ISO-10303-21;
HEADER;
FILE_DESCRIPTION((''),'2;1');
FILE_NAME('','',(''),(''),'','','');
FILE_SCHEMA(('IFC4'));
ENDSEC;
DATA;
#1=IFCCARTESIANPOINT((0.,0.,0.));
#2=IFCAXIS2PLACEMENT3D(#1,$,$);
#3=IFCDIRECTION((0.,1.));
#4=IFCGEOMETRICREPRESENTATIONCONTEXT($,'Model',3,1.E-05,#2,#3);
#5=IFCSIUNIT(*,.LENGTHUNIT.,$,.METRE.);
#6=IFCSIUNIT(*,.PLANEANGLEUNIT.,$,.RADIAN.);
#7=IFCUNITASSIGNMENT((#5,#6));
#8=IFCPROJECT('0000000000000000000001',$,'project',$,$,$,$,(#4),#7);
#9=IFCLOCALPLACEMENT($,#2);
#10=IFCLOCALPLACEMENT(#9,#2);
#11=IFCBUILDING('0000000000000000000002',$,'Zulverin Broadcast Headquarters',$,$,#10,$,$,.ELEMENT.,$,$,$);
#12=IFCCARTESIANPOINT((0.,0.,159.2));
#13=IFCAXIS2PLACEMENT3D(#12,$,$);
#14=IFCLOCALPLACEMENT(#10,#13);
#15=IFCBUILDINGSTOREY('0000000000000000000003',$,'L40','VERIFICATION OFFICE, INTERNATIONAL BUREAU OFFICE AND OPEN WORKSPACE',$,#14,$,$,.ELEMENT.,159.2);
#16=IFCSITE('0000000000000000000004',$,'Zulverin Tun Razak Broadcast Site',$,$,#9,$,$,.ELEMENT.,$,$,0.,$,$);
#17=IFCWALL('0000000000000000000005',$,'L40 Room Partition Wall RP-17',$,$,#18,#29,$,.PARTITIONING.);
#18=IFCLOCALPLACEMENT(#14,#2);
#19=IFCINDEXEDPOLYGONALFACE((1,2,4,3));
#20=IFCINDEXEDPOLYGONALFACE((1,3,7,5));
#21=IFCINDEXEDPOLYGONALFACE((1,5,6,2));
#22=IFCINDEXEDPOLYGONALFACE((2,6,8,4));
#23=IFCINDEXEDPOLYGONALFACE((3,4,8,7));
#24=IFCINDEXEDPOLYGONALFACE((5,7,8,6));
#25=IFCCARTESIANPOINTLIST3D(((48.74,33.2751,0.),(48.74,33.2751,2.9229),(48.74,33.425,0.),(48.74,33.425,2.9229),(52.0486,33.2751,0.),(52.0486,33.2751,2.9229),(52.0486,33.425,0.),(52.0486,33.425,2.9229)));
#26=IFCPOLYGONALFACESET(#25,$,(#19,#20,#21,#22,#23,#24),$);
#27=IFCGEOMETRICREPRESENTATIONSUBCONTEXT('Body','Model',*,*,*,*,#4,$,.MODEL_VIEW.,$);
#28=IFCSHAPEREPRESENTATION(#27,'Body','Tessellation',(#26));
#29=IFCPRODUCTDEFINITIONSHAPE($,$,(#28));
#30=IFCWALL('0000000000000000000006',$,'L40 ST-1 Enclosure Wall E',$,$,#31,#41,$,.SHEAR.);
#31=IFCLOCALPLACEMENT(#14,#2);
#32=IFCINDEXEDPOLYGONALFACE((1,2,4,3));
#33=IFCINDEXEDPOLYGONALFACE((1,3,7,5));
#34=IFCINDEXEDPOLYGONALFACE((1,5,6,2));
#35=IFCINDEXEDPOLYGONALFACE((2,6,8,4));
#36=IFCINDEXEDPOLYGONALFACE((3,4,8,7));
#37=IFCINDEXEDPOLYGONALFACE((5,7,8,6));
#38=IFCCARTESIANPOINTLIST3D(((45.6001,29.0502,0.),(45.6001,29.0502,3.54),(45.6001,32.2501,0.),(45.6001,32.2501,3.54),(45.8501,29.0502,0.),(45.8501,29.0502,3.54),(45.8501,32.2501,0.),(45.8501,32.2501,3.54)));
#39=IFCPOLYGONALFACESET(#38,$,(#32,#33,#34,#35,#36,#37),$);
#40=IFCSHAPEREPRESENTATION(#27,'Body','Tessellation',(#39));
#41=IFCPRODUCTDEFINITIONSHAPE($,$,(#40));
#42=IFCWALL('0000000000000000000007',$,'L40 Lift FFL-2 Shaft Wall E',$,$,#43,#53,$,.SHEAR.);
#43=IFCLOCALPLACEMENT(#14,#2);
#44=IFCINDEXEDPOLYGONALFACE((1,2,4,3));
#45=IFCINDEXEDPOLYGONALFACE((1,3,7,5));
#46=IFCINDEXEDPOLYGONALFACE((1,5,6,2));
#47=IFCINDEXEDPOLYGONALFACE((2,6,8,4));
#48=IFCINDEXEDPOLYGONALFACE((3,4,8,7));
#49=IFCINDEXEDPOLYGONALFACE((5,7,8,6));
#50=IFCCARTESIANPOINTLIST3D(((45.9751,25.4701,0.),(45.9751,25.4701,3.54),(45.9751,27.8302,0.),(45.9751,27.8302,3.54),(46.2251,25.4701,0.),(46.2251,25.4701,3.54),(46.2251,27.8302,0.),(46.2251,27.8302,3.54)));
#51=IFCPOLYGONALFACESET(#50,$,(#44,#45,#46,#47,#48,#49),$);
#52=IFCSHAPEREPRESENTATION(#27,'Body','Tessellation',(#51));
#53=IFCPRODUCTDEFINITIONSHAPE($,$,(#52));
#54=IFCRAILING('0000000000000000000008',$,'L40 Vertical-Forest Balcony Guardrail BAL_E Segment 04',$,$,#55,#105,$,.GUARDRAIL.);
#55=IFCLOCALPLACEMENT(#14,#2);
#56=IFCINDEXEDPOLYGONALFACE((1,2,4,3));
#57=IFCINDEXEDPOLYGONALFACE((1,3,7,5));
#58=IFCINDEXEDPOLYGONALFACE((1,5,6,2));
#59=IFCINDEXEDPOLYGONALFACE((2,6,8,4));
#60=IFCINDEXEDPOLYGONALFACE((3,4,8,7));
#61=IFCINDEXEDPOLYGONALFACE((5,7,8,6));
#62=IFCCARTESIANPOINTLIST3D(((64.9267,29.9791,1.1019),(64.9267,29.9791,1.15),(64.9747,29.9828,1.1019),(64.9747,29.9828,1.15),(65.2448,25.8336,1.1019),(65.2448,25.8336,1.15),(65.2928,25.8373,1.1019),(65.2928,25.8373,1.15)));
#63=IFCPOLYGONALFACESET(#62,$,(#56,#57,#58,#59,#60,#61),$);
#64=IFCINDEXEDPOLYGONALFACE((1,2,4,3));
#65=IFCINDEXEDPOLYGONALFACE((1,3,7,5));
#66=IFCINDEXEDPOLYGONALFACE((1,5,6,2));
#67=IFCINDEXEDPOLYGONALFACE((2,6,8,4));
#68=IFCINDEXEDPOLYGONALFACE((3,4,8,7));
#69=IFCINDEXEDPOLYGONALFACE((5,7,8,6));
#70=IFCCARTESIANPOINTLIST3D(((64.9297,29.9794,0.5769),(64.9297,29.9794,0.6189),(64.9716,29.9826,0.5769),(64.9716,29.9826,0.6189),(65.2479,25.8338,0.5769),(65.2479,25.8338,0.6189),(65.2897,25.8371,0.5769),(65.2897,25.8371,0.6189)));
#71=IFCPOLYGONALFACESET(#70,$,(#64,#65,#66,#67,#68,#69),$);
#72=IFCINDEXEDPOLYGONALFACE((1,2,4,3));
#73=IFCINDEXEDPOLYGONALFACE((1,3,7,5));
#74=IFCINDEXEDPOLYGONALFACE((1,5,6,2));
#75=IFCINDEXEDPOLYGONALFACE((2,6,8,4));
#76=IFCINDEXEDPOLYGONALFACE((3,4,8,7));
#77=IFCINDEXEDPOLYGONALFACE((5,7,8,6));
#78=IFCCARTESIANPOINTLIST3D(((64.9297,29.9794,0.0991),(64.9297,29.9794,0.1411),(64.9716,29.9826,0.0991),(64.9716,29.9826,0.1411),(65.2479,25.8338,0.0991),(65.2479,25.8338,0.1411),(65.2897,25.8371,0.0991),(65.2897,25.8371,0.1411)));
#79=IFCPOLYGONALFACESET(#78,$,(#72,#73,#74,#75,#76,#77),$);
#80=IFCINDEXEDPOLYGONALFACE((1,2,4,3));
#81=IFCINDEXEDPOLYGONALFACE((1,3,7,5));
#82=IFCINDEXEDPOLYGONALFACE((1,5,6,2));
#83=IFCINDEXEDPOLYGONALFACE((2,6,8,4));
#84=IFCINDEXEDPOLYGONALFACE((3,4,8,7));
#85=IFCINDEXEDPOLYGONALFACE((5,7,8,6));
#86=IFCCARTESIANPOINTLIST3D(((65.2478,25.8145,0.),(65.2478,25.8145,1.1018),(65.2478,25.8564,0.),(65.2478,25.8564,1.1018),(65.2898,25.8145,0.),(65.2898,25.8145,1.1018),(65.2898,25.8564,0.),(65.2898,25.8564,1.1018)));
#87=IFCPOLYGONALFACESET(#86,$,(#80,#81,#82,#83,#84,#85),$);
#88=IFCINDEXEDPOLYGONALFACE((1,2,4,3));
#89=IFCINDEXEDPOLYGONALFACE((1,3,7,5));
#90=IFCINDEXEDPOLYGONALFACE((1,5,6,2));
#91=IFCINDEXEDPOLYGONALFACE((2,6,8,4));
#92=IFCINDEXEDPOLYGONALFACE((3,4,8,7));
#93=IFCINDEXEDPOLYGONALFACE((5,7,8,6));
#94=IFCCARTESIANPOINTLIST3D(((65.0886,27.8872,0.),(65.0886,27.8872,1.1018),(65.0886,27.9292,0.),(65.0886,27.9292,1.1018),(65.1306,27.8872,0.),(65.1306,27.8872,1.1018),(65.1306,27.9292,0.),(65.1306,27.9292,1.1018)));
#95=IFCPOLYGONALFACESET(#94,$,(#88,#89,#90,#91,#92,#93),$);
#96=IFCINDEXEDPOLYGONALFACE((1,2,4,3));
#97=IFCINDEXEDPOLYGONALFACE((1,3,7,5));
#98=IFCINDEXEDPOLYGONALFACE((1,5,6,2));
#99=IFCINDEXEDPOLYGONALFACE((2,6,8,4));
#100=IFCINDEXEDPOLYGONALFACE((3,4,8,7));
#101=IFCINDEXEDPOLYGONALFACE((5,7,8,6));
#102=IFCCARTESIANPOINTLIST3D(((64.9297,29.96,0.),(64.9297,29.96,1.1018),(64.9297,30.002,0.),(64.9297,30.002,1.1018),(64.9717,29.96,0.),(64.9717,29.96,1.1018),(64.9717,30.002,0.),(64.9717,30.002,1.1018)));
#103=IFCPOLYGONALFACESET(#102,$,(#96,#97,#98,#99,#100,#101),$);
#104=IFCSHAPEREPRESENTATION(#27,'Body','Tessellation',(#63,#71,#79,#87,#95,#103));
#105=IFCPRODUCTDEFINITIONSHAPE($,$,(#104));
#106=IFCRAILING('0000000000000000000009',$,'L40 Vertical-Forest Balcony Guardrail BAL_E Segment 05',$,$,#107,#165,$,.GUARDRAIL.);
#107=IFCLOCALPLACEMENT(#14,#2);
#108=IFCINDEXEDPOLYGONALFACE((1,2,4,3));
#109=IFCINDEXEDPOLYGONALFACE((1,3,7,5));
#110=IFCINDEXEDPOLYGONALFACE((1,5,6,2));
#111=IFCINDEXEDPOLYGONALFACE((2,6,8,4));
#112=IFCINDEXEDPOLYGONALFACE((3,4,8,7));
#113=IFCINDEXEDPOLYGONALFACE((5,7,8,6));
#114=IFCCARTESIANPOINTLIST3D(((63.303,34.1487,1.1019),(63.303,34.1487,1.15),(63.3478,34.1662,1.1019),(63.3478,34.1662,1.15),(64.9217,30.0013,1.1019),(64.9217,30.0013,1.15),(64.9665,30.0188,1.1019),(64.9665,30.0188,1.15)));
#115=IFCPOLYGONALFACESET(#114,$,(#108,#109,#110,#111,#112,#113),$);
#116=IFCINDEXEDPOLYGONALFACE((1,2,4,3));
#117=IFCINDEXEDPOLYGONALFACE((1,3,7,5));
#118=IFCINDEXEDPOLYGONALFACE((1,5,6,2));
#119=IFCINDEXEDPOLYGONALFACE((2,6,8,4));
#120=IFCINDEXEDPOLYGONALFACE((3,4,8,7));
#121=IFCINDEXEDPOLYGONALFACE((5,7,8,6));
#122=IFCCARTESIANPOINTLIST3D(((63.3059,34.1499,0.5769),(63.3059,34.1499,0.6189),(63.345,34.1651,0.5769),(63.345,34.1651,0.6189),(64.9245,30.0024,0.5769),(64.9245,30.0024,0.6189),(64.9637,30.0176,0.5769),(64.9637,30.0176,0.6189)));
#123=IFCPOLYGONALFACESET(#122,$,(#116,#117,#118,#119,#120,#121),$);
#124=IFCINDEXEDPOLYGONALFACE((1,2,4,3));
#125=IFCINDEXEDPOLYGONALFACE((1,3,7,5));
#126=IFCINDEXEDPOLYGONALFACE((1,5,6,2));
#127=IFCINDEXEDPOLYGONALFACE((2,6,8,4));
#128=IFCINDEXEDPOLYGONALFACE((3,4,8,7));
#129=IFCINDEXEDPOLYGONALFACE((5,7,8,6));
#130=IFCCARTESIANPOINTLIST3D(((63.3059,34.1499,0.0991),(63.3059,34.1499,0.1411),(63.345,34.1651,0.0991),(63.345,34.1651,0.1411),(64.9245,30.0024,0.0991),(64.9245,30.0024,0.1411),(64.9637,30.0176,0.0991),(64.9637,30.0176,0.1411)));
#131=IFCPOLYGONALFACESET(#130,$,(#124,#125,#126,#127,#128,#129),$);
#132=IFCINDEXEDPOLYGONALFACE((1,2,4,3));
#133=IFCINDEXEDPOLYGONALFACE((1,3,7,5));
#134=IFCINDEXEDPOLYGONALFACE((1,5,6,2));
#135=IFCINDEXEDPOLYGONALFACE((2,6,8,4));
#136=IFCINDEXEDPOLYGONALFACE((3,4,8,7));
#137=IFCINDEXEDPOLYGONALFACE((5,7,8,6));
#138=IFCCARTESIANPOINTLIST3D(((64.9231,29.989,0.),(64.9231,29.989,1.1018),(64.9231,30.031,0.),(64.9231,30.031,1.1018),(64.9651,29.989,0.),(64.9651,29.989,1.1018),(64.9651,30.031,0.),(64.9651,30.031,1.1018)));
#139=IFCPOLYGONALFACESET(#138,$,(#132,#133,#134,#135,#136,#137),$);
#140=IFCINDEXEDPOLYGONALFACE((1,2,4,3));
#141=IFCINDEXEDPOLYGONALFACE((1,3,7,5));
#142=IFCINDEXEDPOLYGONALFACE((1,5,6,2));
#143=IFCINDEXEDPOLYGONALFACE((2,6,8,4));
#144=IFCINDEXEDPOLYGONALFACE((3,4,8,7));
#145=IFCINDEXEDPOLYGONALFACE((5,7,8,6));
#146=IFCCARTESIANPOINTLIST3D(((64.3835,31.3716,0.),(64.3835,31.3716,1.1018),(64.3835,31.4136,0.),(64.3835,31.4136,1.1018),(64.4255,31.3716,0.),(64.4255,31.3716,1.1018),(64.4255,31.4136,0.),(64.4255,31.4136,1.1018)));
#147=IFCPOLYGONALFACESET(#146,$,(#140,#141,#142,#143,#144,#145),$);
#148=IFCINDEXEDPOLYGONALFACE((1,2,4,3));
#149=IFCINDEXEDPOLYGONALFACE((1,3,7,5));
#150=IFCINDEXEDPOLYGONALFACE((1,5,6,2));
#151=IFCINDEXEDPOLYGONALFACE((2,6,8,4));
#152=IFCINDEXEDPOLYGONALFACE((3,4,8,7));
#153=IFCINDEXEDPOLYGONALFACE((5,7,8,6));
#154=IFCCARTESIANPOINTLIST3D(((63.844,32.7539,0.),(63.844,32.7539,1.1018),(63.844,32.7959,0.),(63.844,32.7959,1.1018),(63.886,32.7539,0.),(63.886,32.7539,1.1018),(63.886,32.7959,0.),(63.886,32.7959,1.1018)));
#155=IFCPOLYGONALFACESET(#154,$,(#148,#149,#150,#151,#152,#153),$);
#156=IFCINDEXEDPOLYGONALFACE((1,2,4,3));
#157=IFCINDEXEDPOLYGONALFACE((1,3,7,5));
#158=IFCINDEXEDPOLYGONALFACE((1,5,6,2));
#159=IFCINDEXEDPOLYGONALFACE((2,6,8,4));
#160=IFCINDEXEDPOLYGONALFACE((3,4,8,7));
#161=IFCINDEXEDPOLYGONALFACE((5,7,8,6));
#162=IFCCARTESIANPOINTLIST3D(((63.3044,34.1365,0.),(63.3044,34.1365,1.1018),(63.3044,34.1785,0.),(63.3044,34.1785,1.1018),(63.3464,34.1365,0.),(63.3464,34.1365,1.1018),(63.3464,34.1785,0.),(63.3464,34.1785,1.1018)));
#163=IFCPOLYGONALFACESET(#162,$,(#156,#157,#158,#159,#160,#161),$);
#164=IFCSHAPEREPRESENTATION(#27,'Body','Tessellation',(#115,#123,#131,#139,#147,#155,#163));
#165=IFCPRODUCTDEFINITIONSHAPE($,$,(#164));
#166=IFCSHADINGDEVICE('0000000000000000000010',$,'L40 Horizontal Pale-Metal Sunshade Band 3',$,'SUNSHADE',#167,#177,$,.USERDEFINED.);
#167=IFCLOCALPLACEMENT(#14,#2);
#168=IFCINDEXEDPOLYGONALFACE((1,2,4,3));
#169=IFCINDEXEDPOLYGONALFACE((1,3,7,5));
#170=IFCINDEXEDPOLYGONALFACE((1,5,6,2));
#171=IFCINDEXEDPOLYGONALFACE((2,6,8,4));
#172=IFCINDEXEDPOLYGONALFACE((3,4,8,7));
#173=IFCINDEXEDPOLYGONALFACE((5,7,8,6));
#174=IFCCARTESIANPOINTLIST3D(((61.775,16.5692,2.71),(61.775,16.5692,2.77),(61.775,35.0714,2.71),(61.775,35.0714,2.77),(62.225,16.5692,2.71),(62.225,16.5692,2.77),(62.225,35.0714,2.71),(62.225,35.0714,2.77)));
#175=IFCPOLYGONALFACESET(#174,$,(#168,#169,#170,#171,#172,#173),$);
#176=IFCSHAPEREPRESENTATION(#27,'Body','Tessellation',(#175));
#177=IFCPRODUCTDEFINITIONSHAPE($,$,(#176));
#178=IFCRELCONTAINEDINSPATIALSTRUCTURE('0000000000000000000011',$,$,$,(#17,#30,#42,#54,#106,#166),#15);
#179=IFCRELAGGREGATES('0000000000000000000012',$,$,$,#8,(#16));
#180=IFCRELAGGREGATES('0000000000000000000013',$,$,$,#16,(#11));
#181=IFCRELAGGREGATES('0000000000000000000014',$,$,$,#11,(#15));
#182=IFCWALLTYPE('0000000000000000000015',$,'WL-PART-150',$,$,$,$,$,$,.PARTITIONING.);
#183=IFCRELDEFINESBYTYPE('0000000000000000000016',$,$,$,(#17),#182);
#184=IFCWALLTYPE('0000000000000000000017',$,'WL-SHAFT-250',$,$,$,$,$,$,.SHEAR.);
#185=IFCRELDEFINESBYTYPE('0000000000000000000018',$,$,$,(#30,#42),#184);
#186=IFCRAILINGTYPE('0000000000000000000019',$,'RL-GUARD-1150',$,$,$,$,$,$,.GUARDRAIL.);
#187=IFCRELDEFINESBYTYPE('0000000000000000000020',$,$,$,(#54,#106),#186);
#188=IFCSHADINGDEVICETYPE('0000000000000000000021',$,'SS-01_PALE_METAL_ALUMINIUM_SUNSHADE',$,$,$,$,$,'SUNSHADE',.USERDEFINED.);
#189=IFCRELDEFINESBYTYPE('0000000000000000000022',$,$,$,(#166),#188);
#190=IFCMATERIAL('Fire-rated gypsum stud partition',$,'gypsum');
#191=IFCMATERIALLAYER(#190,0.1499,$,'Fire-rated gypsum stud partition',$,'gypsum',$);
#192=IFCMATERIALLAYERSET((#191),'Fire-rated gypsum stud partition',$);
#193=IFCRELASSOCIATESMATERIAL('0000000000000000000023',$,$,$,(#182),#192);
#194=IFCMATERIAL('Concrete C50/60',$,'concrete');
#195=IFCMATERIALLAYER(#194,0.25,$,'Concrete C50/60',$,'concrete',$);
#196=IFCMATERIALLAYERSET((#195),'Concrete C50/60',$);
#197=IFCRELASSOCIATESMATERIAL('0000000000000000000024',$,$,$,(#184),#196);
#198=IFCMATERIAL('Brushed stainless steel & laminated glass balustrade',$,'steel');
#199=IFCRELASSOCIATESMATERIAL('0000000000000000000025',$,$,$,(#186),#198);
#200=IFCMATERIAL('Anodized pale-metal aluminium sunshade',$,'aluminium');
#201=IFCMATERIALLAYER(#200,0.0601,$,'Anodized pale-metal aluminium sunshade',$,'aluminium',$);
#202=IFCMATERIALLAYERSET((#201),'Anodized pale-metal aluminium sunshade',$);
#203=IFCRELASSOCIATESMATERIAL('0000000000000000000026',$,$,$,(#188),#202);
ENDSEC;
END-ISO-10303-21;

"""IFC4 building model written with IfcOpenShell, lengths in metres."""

from ifc_helpers import new_model, si_unit, direction, frame, frame_2d, origin, origin_2d, place, context, subcontext, project, spatial, rectangle, extrude, material, layer, layer_set, type_object, element, save


model = new_model("IFC4")

# Units and contexts
model_context = context("Model", 3, precision=1e-05, world=origin(), true_north=direction((0.0, 1.0)))
body_context = subcontext(model_context, "Body", "Model", "MODEL_VIEW")
ifc_project = project(units=[si_unit("LENGTHUNIT", "METRE"), si_unit("PLANEANGLEUNIT", "RADIAN")], contexts=[model_context])

# Site, building, storey
site_placement = place(None, origin())
site = spatial("IfcSite", under=ifc_project, at=site_placement, Name="Zulverin Tun Razak Broadcast Site", CompositionType="ELEMENT", RefElevation=0.0)
building_placement = place(site_placement, origin())
building = spatial("IfcBuilding", under=site, at=building_placement, Name="Zulverin Broadcast Headquarters", CompositionType="ELEMENT")
storey_placement = place(building_placement, frame((0.0, 0.0, 159.2)))
storey = spatial("IfcBuildingStorey", under=building, at=storey_placement, Name="L40", Description="VERIFICATION OFFICE, INTERNATIONAL BUREAU OFFICE AND OPEN WORKSPACE", CompositionType="ELEMENT", Elevation=159.2)

# Shared definitions
ifc_material_1 = material(Name="Concrete C50/60", Category="concrete")

# Shared definitions
ifc_material_2 = material(Name="Fire-rated gypsum stud partition", Category="gypsum")
ifc_layer_1 = layer(ifc_material_2, 0.1499, Name="Fire-rated gypsum stud partition", Category="gypsum")
ifc_layer_set_1 = layer_set([ifc_layer_1], Name="Fire-rated gypsum stud partition")
wall_type_1 = type_object("IfcWallType", Name="WL-PART-150", PredefinedType="PARTITIONING", material=ifc_layer_set_1)

# Walls
wall_1_placement = place(storey_placement, frame((48.74, 33.3501, 0.0), z_axis=(0.0, 0.0, 1.0), x_axis=(1.0, 0.0, 0.0)))
element("IfcWall", 1, at=wall_1_placement, inside=storey, type_object=wall_type_1, Name="L40 Room Partition Wall RP-17", PredefinedType="PARTITIONING", context=body_context, shape_type="SweptSolid", body=[
    extrude(rectangle(XDim=3.3086, YDim=0.1499, at=frame_2d((1.6543, 0.0))), origin(), (0.0, 0.0, 1.0), 2.9229),
])
ifc_layer_2 = layer(ifc_material_1, 0.25, Name="Concrete C50/60", Category="concrete")
ifc_layer_set_2 = layer_set([ifc_layer_2], Name="Concrete C50/60")
wall_type_2 = type_object("IfcWallType", Name="WL-SHAFT-250", PredefinedType="SHEAR", material=ifc_layer_set_2)
wall_2_placement = place(storey_placement, frame((45.7251, 29.05, 0.0), z_axis=(0.0, 0.0, 1.0), x_axis=(0.0, 1.0, 0.0)))
element("IfcWall", 2, at=wall_2_placement, inside=storey, type_object=wall_type_2, Name="L40 ST-1 Enclosure Wall E", PredefinedType="SHEAR", context=body_context, shape_type="SweptSolid", body=[
    extrude(rectangle(XDim=3.2, YDim=0.25, at=frame_2d((1.6001, 0.0))), origin(), (0.0, 0.0, 1.0), 3.54),
])
wall_3_placement = place(storey_placement, frame((46.1001, 25.47, 0.0), z_axis=(0.0, 0.0, 1.0), x_axis=(0.0, 1.0, 0.0)))
element("IfcWall", 3, at=wall_3_placement, inside=storey, type_object=wall_type_2, Name="L40 Lift FFL-2 Shaft Wall E", PredefinedType="SHEAR", context=body_context, shape_type="SweptSolid", body=[
    extrude(rectangle(XDim=2.3601, YDim=0.25, at=frame_2d((1.1802, 0.0))), origin(), (0.0, 0.0, 1.0), 3.54),
])

# Railings
ifc_material_3 = material(Name="Brushed stainless steel & laminated glass balustrade", Category="steel")
railing_type = type_object("IfcRailingType", Name="RL-GUARD-1150", PredefinedType="GUARDRAIL", material=ifc_material_3)
railing_1_placement = place(storey_placement, frame((65.2688, 25.8354, 0.0)))
element("IfcRailing", 4, at=railing_1_placement, inside=storey, type_object=railing_type, Name="L40 Vertical-Forest Balcony Guardrail BAL_E Segment 04", PredefinedType="GUARDRAIL", context=body_context, shape_type="SweptSolid", body=[
    extrude(rectangle(XDim=0.0481, YDim=0.0481, at=origin_2d()), frame((0.0, 0.0, 1.126), z_axis=(-0.076512, 0.997069, 0.0), x_axis=(-0.997069, -0.076512, 0.0)), (0.0, 0.0, 1.0), 4.1577),
    extrude(rectangle(XDim=0.042, YDim=0.042, at=origin_2d()), frame((0.0, 0.0, 0.5979), z_axis=(-0.076512, 0.997069, 0.0), x_axis=(-0.997069, -0.076512, 0.0)), (0.0, 0.0, 1.0), 4.1577),
    extrude(rectangle(XDim=0.042, YDim=0.042, at=origin_2d()), frame((0.0, 0.0, 0.1201), z_axis=(-0.076512, 0.997069, 0.0), x_axis=(-0.997069, -0.076512, 0.0)), (0.0, 0.0, 1.0), 4.1577),
    extrude(rectangle(XDim=0.042, YDim=0.042, at=origin_2d()), origin(), (0.0, 0.0, 1.0), 1.1018),
    extrude(rectangle(XDim=0.042, YDim=0.042, at=origin_2d()), frame((-0.1592, 2.0728, 0.0)), (0.0, 0.0, 1.0), 1.1018),
    extrude(rectangle(XDim=0.042, YDim=0.042, at=origin_2d()), frame((-0.3181, 4.1455, 0.0)), (0.0, 0.0, 1.0), 1.1018),
])
railing_2_placement = place(storey_placement, frame((64.9441, 30.01, 0.0)))
element("IfcRailing", 5, at=railing_2_placement, inside=storey, type_object=railing_type, Name="L40 Vertical-Forest Balcony Guardrail BAL_E Segment 05", PredefinedType="GUARDRAIL", context=body_context, shape_type="SweptSolid", body=[
    extrude(rectangle(XDim=0.0481, YDim=0.0481, at=origin_2d()), frame((0.0, 0.0, 1.126), z_axis=(-0.363568, 0.931568, 0.0), x_axis=(-0.931568, -0.363568, 0.0)), (0.0, 0.0, 1.0), 4.4521),
    extrude(rectangle(XDim=0.042, YDim=0.042, at=origin_2d()), frame((0.0, 0.0, 0.5979), z_axis=(-0.363568, 0.931568, 0.0), x_axis=(-0.931568, -0.363568, 0.0)), (0.0, 0.0, 1.0), 4.4521),
    extrude(rectangle(XDim=0.042, YDim=0.042, at=origin_2d()), frame((0.0, 0.0, 0.1201), z_axis=(-0.363568, 0.931568, 0.0), x_axis=(-0.931568, -0.363568, 0.0)), (0.0, 0.0, 1.0), 4.4521),
    extrude(rectangle(XDim=0.042, YDim=0.042, at=origin_2d()), origin(), (0.0, 0.0, 1.0), 1.1018),
    extrude(rectangle(XDim=0.042, YDim=0.042, at=origin_2d()), frame((-0.5396, 1.3826, 0.0)), (0.0, 0.0, 1.0), 1.1018),
    extrude(rectangle(XDim=0.042, YDim=0.042, at=origin_2d()), frame((-1.0791, 2.7649, 0.0)), (0.0, 0.0, 1.0), 1.1018),
    extrude(rectangle(XDim=0.042, YDim=0.042, at=origin_2d()), frame((-1.6187, 4.1475, 0.0)), (0.0, 0.0, 1.0), 1.1018),
])

# Shading device
ifc_material_4 = material(Name="Anodized pale-metal aluminium sunshade", Category="aluminium")
ifc_layer_3 = layer(ifc_material_4, 0.0601, Name="Anodized pale-metal aluminium sunshade", Category="aluminium")
ifc_layer_set_3 = layer_set([ifc_layer_3], Name="Anodized pale-metal aluminium sunshade")
shading_device_type = type_object("IfcShadingDeviceType", Name="SS-01_PALE_METAL_ALUMINIUM_SUNSHADE", ElementType="SUNSHADE", PredefinedType="USERDEFINED", material=ifc_layer_set_3)
shading_device_placement = place(storey_placement, frame((62.0, 25.8203, 2.71), z_axis=(0.0, 0.0, 1.0), x_axis=(0.0, 1.0, 0.0)))
element("IfcShadingDevice", 6, at=shading_device_placement, inside=storey, type_object=shading_device_type, Name="L40 Horizontal Pale-Metal Sunshade Band 3", ObjectType="SUNSHADE", PredefinedType="USERDEFINED", context=body_context, shape_type="SweptSolid", body=[
    extrude(rectangle(XDim=18.5022, YDim=0.45, at=origin_2d()), origin(), (0.0, 0.0, 1.0), 0.0601),
])

save(model, "model.ifc")
